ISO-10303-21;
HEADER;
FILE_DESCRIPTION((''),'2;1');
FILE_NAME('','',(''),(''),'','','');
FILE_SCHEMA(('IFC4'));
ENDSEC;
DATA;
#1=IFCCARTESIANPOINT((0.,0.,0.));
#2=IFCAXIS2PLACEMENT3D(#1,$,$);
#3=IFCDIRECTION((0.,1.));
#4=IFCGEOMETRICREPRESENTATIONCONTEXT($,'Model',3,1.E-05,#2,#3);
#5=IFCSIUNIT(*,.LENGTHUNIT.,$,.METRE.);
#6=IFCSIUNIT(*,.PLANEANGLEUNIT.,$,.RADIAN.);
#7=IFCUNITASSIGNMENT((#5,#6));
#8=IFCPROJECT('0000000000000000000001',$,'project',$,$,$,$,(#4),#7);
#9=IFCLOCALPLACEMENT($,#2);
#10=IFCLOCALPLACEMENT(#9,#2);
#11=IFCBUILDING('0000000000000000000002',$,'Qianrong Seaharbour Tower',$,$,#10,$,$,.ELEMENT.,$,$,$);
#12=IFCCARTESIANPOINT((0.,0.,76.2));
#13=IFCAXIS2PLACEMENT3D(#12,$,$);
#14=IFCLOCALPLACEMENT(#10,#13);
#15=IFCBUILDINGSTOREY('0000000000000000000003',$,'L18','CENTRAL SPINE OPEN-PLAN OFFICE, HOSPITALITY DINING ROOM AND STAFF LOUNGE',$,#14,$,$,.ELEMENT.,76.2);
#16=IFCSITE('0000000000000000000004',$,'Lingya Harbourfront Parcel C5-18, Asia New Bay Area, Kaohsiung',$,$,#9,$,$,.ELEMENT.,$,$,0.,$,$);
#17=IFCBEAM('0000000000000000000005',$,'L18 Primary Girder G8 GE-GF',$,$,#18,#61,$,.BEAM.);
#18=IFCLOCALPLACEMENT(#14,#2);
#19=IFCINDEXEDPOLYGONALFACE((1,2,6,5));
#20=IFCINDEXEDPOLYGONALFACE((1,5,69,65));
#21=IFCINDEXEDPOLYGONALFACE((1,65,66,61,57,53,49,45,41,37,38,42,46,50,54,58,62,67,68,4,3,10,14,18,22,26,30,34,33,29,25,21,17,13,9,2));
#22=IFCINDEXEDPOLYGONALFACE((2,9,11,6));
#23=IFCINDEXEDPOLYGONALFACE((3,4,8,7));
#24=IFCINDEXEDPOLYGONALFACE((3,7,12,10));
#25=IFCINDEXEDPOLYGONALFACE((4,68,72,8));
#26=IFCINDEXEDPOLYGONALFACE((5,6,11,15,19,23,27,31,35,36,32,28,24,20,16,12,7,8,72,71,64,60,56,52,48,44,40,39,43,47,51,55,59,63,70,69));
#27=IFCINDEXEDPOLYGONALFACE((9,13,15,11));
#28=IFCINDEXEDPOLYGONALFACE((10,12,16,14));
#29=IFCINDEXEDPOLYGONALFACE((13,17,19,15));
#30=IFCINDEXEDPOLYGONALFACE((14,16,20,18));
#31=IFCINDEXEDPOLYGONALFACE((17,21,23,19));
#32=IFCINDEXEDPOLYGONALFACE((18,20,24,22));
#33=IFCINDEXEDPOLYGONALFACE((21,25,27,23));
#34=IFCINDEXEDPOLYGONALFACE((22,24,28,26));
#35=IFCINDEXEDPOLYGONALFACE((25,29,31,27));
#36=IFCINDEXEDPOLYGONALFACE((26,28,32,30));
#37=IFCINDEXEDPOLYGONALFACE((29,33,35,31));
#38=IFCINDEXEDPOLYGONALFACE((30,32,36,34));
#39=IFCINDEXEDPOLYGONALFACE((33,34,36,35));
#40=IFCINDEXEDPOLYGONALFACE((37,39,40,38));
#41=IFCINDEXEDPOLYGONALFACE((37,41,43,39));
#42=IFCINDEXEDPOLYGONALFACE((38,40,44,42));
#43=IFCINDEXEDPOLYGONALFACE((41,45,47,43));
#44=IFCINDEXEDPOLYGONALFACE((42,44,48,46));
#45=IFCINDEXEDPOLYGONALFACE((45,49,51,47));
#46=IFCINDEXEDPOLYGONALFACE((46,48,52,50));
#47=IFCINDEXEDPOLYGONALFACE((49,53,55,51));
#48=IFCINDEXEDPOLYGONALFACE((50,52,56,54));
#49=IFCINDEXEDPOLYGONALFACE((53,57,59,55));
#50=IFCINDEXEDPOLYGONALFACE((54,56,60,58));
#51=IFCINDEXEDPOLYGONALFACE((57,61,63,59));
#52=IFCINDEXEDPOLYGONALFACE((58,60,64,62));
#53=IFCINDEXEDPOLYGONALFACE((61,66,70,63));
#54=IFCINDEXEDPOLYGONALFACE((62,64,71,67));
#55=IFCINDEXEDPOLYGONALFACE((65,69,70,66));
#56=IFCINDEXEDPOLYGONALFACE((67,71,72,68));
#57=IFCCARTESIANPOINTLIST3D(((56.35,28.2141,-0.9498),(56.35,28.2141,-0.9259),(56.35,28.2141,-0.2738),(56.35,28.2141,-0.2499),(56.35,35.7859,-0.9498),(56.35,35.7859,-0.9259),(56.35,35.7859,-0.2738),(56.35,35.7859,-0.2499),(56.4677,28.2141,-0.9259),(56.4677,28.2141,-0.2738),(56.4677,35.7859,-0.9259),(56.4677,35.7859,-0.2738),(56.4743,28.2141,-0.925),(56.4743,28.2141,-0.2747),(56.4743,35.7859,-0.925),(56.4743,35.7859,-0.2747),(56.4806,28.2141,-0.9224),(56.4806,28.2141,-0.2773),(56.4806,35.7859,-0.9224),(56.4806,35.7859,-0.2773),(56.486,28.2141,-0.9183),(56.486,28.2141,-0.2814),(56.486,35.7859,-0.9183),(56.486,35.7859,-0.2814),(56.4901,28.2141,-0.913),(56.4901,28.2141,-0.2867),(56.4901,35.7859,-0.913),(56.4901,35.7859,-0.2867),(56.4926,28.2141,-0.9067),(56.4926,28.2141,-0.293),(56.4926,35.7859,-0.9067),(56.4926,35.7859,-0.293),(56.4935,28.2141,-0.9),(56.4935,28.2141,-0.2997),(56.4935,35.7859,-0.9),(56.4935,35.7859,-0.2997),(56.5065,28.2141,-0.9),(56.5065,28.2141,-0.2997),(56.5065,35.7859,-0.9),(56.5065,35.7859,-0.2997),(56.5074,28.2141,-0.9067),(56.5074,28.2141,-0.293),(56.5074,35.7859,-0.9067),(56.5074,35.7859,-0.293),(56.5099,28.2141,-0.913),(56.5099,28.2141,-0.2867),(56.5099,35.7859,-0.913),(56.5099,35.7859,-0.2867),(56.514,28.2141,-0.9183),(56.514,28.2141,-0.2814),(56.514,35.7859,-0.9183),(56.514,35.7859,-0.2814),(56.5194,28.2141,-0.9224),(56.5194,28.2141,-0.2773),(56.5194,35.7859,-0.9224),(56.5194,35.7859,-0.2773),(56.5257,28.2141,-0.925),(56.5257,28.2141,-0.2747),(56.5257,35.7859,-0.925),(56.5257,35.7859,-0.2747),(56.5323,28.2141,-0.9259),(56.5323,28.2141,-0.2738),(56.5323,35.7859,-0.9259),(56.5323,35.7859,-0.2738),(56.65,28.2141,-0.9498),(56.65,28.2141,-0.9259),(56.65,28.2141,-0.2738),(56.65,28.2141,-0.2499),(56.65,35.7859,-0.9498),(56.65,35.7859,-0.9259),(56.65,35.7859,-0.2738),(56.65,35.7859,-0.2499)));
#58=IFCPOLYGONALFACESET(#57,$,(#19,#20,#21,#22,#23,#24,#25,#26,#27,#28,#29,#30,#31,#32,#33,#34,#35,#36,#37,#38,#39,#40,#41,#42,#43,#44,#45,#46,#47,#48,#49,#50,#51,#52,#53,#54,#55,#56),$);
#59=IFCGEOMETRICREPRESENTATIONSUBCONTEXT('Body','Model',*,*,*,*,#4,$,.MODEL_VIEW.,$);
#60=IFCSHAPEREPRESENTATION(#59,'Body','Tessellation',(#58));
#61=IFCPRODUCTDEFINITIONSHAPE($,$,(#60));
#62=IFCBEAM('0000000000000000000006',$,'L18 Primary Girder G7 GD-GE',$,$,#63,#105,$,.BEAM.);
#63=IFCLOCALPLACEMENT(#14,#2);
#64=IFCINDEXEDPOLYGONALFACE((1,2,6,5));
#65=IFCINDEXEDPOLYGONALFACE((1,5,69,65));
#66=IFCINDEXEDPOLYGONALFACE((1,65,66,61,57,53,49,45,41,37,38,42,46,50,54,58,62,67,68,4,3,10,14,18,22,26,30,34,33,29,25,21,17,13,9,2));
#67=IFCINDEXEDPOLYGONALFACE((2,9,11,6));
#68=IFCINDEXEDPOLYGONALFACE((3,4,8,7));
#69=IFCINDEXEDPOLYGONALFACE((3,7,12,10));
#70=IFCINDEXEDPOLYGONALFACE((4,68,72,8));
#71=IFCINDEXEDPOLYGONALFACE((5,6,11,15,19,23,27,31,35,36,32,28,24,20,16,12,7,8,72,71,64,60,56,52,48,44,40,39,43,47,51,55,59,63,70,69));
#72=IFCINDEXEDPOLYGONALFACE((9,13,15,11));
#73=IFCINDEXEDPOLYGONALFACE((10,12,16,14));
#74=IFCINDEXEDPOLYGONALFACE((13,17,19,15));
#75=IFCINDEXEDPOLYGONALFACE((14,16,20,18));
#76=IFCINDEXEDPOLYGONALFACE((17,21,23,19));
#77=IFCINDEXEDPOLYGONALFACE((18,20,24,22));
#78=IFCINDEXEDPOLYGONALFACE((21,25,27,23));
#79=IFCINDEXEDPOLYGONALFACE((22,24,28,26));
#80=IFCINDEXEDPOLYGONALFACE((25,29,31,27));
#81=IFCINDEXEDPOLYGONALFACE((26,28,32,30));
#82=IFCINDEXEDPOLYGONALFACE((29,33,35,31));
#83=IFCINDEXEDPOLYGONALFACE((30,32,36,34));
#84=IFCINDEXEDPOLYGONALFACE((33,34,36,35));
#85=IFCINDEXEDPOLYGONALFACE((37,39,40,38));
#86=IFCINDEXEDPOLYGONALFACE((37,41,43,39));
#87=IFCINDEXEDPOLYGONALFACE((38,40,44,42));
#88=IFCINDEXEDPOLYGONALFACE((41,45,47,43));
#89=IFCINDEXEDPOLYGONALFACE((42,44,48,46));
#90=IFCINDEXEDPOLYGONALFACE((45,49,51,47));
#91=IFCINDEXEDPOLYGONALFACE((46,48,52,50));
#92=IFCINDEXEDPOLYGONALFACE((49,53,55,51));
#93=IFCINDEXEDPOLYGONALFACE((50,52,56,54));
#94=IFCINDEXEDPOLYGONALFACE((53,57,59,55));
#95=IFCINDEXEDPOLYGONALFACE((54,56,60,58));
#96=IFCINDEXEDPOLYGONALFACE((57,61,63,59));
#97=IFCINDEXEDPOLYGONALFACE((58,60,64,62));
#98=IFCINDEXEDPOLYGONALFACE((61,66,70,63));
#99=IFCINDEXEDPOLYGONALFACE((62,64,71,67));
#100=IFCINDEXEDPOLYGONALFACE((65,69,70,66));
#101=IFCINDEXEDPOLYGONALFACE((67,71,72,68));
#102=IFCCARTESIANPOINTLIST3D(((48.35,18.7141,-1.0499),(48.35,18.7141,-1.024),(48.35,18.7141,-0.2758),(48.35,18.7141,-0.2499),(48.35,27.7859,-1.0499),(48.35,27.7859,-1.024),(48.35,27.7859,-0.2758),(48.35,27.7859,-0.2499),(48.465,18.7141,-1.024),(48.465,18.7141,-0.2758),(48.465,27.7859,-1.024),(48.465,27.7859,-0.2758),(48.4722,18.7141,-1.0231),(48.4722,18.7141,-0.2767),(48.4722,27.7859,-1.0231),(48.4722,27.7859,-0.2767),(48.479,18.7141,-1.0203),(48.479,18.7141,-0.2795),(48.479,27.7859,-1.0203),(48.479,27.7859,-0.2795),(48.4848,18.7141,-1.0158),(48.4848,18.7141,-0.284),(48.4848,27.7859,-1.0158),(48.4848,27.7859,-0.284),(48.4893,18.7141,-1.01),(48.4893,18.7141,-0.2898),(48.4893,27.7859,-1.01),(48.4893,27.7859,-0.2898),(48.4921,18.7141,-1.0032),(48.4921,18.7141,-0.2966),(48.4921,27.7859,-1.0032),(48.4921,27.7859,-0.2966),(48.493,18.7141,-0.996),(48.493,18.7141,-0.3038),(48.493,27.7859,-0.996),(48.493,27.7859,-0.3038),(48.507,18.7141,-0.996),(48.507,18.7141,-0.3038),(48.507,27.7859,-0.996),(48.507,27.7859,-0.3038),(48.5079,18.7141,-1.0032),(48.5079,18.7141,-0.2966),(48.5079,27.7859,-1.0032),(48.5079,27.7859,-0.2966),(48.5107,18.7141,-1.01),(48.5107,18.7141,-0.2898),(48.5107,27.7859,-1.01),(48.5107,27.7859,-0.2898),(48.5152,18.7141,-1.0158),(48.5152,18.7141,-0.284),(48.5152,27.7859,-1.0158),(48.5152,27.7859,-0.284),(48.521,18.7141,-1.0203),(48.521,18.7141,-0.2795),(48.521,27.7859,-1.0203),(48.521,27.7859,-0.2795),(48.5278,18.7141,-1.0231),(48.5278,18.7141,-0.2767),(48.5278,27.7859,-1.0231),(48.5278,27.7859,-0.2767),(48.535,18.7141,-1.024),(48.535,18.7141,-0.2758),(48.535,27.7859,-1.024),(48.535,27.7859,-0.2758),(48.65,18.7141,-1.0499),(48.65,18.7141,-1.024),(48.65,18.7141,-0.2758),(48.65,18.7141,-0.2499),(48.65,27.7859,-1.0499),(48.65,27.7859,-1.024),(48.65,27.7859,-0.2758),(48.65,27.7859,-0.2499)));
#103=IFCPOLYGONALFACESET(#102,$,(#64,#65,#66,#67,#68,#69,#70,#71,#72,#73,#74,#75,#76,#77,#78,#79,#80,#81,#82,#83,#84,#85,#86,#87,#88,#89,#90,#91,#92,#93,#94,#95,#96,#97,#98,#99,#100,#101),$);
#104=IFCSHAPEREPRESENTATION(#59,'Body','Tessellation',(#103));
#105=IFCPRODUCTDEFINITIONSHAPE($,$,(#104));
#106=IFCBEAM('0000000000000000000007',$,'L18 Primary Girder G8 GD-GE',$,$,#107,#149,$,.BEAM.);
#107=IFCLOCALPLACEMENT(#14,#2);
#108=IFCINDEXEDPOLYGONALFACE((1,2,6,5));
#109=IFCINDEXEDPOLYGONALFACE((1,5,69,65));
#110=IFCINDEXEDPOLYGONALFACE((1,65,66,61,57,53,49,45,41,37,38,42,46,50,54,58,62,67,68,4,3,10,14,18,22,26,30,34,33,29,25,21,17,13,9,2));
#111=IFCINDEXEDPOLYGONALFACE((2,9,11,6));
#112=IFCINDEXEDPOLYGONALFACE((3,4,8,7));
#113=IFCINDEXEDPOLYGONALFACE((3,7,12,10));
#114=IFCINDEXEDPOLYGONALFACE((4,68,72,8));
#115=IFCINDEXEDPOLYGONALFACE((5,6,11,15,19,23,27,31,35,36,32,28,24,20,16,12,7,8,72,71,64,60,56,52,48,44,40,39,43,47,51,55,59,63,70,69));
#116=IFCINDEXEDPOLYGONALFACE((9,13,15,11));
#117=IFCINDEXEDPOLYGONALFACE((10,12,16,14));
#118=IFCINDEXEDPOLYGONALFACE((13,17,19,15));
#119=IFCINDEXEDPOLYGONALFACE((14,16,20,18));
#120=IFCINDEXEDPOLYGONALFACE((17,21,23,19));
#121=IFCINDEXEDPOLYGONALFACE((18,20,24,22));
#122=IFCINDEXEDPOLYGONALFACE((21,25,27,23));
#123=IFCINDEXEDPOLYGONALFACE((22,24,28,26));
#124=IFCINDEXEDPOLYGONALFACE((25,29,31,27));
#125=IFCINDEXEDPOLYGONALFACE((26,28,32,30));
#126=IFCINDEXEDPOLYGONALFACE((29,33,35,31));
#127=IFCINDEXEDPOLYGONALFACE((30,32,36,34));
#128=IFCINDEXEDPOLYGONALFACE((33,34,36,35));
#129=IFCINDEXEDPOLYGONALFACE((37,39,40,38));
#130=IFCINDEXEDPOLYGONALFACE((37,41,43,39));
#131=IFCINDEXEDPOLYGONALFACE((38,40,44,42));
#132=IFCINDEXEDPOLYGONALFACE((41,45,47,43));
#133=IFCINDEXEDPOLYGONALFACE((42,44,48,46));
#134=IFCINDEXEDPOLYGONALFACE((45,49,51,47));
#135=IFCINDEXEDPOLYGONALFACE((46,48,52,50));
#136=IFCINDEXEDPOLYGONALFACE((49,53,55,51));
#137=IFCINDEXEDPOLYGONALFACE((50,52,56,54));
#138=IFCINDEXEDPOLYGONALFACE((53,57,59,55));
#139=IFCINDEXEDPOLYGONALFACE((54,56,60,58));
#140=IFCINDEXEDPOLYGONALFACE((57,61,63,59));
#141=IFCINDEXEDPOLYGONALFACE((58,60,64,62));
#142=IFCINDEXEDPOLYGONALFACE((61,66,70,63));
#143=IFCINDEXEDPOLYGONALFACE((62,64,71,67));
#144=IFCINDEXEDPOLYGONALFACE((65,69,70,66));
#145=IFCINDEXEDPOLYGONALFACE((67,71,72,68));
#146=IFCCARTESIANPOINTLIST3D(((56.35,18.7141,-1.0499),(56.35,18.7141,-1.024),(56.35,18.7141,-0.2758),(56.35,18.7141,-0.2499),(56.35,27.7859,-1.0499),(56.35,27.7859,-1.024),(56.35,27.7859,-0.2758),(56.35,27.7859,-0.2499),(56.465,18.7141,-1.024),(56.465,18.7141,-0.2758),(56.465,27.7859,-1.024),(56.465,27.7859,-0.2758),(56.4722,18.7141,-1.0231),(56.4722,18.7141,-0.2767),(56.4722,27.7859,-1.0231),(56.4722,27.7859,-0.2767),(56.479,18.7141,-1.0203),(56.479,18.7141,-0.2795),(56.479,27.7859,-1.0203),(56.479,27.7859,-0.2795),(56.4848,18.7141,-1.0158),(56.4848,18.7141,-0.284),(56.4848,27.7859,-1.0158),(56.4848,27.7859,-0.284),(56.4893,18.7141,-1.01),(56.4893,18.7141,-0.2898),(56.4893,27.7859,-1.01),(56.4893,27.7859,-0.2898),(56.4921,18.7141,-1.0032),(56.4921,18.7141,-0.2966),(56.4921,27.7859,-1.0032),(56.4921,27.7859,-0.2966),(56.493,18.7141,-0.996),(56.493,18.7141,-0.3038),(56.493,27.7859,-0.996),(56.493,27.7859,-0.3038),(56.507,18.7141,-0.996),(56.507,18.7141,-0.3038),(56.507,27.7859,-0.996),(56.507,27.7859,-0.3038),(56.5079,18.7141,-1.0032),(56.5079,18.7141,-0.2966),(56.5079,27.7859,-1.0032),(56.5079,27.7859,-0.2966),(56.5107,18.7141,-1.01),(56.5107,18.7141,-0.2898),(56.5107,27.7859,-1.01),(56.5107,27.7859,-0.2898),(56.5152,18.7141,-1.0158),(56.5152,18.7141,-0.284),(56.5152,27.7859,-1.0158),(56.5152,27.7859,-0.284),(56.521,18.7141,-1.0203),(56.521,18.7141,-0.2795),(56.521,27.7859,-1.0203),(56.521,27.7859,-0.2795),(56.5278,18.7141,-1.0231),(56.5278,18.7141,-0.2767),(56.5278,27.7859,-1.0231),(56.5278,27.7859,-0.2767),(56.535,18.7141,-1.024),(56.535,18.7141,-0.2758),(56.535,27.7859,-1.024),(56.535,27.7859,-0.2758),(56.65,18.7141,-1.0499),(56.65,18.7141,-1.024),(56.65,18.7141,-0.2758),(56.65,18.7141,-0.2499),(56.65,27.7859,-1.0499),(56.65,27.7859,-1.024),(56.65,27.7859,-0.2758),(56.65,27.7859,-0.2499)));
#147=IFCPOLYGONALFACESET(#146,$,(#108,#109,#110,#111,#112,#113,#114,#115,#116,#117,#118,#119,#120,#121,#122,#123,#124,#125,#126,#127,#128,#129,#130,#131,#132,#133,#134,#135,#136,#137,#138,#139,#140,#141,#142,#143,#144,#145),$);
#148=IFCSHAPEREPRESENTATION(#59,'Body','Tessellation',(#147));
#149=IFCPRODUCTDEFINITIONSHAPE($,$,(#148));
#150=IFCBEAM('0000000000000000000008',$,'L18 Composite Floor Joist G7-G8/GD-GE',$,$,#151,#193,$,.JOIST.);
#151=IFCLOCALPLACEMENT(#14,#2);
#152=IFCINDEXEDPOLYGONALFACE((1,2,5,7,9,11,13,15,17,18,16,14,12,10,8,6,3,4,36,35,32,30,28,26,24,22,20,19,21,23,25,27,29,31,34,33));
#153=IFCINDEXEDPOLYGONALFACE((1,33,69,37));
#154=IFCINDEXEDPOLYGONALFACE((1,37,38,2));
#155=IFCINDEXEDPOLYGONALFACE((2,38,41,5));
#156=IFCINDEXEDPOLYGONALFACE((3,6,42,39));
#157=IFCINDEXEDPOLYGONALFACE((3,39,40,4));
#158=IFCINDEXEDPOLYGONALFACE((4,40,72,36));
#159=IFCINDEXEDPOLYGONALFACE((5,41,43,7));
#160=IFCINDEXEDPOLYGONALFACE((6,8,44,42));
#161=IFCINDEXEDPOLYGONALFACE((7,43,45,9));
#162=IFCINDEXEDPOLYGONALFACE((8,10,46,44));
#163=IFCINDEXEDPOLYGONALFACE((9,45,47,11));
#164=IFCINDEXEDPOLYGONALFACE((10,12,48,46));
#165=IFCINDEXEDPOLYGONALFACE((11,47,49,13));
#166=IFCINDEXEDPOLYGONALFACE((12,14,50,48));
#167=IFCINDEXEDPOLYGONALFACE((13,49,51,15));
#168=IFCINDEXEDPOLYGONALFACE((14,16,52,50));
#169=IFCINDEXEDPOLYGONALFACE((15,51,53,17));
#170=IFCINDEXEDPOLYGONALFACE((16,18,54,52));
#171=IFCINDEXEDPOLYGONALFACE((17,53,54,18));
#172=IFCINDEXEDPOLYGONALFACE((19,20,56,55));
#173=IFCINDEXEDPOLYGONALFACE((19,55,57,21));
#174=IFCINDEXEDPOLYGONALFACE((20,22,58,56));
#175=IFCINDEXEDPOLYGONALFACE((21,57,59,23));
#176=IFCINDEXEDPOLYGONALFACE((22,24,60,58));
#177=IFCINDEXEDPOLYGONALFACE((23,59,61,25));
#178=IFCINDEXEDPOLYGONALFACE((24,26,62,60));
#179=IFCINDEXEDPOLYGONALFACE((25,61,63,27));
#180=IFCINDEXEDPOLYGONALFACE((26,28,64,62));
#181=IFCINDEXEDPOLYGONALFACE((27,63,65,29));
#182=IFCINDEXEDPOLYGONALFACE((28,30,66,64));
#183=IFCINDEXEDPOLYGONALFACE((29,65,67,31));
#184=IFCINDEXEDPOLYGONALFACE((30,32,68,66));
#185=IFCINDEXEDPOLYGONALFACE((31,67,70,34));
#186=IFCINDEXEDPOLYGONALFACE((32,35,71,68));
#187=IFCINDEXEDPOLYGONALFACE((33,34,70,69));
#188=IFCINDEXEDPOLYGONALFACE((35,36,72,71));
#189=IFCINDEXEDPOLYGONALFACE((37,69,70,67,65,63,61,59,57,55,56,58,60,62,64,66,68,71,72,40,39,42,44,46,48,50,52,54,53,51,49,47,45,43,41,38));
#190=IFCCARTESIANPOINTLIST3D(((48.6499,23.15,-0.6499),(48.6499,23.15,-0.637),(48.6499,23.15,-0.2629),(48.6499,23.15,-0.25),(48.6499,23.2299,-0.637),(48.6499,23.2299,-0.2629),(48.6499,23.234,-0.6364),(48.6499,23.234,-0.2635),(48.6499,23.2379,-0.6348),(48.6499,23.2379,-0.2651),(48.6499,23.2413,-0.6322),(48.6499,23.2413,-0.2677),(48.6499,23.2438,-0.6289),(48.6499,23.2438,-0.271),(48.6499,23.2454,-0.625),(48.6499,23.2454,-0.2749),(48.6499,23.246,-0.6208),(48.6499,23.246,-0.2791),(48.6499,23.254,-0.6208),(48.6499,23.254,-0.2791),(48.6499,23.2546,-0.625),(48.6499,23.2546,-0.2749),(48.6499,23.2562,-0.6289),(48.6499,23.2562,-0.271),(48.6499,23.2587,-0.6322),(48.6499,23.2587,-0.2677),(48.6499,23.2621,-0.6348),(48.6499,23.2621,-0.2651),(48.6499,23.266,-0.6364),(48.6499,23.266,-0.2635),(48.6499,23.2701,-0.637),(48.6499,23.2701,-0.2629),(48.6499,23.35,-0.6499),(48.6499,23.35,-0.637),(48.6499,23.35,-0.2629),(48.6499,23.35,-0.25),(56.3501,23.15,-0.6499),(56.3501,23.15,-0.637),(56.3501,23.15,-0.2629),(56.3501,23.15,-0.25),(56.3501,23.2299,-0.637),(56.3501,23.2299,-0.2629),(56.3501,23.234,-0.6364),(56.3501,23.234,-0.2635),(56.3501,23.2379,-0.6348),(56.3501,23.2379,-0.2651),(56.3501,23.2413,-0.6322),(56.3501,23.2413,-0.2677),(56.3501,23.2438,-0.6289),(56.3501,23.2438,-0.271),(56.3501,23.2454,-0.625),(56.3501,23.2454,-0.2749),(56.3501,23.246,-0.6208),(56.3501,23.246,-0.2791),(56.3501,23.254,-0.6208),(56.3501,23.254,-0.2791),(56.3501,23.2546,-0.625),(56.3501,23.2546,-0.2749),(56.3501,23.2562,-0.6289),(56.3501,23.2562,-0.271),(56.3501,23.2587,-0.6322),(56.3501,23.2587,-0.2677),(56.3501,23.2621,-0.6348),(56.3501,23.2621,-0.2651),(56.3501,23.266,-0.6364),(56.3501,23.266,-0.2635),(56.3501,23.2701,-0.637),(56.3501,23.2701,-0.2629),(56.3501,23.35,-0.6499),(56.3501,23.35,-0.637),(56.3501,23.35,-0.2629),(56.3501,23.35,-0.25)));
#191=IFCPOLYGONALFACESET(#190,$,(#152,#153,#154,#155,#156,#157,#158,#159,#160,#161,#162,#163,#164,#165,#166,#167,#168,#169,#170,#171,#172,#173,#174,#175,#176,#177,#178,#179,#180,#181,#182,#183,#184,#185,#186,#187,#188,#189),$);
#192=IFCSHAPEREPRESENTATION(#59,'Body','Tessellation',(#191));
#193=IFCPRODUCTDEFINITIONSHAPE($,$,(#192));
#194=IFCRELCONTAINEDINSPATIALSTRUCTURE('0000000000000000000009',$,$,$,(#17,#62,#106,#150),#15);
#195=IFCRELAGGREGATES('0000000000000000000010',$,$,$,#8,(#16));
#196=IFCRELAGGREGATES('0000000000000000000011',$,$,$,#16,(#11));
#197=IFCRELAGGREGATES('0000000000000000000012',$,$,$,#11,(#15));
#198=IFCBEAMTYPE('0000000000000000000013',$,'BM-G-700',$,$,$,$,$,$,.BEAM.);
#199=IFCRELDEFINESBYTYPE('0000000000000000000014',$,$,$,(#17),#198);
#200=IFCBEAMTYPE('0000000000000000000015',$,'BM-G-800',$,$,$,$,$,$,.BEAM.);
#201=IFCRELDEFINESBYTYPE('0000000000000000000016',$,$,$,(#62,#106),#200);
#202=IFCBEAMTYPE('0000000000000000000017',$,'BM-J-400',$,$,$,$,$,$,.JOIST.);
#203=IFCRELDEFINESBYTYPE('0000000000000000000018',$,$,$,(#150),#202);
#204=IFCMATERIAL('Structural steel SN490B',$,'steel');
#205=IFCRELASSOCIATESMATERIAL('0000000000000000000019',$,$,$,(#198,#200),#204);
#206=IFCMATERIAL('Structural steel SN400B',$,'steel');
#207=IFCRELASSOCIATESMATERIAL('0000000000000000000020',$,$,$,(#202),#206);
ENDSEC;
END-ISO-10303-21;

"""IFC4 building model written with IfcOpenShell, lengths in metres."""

from ifc_helpers import new_model, si_unit, direction, frame, origin, origin_2d, place, context, subcontext, project, spatial, i_section, extrude, material, material_profile, profile_set, type_object, element, save


model = new_model("IFC4")

# Units and contexts
model_context = context("Model", 3, precision=1e-05, world=origin(), true_north=direction((0.0, 1.0)))
body_context = subcontext(model_context, "Body", "Model", "MODEL_VIEW")
ifc_project = project(units=[si_unit("LENGTHUNIT", "METRE"), si_unit("PLANEANGLEUNIT", "RADIAN")], contexts=[model_context])

# Site, building, storey
site_placement = place(None, origin())
site = spatial("IfcSite", under=ifc_project, at=site_placement, Name="Lingya Harbourfront Parcel C5-18, Asia New Bay Area, Kaohsiung", CompositionType="ELEMENT", RefElevation=0.0)
building_placement = place(site_placement, origin())
building = spatial("IfcBuilding", under=site, at=building_placement, Name="Qianrong Seaharbour Tower", CompositionType="ELEMENT")
storey_placement = place(building_placement, frame((0.0, 0.0, 76.2)))
storey = spatial("IfcBuildingStorey", under=building, at=storey_placement, Name="L18", Description="CENTRAL SPINE OPEN-PLAN OFFICE, HOSPITALITY DINING ROOM AND STAFF LOUNGE", CompositionType="ELEMENT", Elevation=76.2)

# Shared definitions
ifc_material_1 = material(Name="Structural steel SN490B", Category="steel")

# Beams
ifc_material_profile_1 = material_profile(ifc_material_1, i_section(OverallWidth=0.3, OverallDepth=0.7, WebThickness=0.0129, FlangeThickness=0.0239, FilletRadius=0.0259, at=origin_2d()), Name="H700x300x13x24")
ifc_profile_set_1 = profile_set([ifc_material_profile_1], Name="Structural steel SN490B")
beam_type_1 = type_object("IfcBeamType", Name="BM-G-700", PredefinedType="BEAM", material=ifc_profile_set_1)
for number, where, z_axis, x_axis, name in (
    (1, (56.5, 28.2141, -0.5999), (0.0, 1.0, 0.0), (-1.0, 0.0, 0.0), "L18 Primary Girder G8 GE-GF"),
):
    element("IfcBeam", number, at=place(storey_placement, frame(where, z_axis=z_axis, x_axis=x_axis)), inside=storey, type_object=beam_type_1, Name=name, PredefinedType="BEAM", context=body_context, shape_type="SweptSolid", body=[
        extrude(i_section(OverallWidth=0.3, OverallDepth=0.7, WebThickness=0.0129, FlangeThickness=0.0239, FilletRadius=0.0259, at=origin_2d()), origin(), (0.0, 0.0, 1.0), 7.5718),
    ])
ifc_material_profile_2 = material_profile(ifc_material_1, i_section(OverallWidth=0.3, OverallDepth=0.8, WebThickness=0.0139, FlangeThickness=0.0259, FilletRadius=0.0281, at=origin_2d()), Name="H800x300x14x26")
ifc_profile_set_2 = profile_set([ifc_material_profile_2], Name="Structural steel SN490B")
beam_type_2 = type_object("IfcBeamType", Name="BM-G-800", PredefinedType="BEAM", material=ifc_profile_set_2)
for number, where, z_axis, x_axis, name in (
    (2, (48.5, 18.7141, -0.6499), (0.0, 1.0, 0.0), (-1.0, 0.0, 0.0), "L18 Primary Girder G7 GD-GE"),
    (3, (56.5, 18.7141, -0.6499), (0.0, 1.0, 0.0), (-1.0, 0.0, 0.0), "L18 Primary Girder G8 GD-GE"),
):
    element("IfcBeam", number, at=place(storey_placement, frame(where, z_axis=z_axis, x_axis=x_axis)), inside=storey, type_object=beam_type_2, Name=name, PredefinedType="BEAM", context=body_context, shape_type="SweptSolid", body=[
        extrude(i_section(OverallWidth=0.3, OverallDepth=0.8, WebThickness=0.0139, FlangeThickness=0.0259, FilletRadius=0.0281, at=origin_2d()), origin(), (0.0, 0.0, 1.0), 9.0718),
    ])
ifc_material_2 = material(Name="Structural steel SN400B", Category="steel")
ifc_material_profile_3 = material_profile(ifc_material_2, i_section(OverallWidth=0.2, OverallDepth=0.3999, WebThickness=0.0081, FlangeThickness=0.0129, FilletRadius=0.0161, at=origin_2d()), Name="H400x200x8x13")
ifc_profile_set_3 = profile_set([ifc_material_profile_3], Name="Structural steel SN400B")
beam_type_3 = type_object("IfcBeamType", Name="BM-J-400", PredefinedType="JOIST", material=ifc_profile_set_3)
for number, where, z_axis, x_axis, name in (
    (4, (48.6499, 23.25, -0.45), (1.0, 0.0, 0.0), (0.0, 1.0, 0.0), "L18 Composite Floor Joist G7-G8/GD-GE"),
):
    element("IfcBeam", number, at=place(storey_placement, frame(where, z_axis=z_axis, x_axis=x_axis)), inside=storey, type_object=beam_type_3, Name=name, PredefinedType="JOIST", context=body_context, shape_type="SweptSolid", body=[
        extrude(i_section(OverallWidth=0.2, OverallDepth=0.3999, WebThickness=0.0081, FlangeThickness=0.0129, FilletRadius=0.0161, at=origin_2d()), origin(), (0.0, 0.0, 1.0), 7.7002),
    ])

save(model, "model.ifc")
